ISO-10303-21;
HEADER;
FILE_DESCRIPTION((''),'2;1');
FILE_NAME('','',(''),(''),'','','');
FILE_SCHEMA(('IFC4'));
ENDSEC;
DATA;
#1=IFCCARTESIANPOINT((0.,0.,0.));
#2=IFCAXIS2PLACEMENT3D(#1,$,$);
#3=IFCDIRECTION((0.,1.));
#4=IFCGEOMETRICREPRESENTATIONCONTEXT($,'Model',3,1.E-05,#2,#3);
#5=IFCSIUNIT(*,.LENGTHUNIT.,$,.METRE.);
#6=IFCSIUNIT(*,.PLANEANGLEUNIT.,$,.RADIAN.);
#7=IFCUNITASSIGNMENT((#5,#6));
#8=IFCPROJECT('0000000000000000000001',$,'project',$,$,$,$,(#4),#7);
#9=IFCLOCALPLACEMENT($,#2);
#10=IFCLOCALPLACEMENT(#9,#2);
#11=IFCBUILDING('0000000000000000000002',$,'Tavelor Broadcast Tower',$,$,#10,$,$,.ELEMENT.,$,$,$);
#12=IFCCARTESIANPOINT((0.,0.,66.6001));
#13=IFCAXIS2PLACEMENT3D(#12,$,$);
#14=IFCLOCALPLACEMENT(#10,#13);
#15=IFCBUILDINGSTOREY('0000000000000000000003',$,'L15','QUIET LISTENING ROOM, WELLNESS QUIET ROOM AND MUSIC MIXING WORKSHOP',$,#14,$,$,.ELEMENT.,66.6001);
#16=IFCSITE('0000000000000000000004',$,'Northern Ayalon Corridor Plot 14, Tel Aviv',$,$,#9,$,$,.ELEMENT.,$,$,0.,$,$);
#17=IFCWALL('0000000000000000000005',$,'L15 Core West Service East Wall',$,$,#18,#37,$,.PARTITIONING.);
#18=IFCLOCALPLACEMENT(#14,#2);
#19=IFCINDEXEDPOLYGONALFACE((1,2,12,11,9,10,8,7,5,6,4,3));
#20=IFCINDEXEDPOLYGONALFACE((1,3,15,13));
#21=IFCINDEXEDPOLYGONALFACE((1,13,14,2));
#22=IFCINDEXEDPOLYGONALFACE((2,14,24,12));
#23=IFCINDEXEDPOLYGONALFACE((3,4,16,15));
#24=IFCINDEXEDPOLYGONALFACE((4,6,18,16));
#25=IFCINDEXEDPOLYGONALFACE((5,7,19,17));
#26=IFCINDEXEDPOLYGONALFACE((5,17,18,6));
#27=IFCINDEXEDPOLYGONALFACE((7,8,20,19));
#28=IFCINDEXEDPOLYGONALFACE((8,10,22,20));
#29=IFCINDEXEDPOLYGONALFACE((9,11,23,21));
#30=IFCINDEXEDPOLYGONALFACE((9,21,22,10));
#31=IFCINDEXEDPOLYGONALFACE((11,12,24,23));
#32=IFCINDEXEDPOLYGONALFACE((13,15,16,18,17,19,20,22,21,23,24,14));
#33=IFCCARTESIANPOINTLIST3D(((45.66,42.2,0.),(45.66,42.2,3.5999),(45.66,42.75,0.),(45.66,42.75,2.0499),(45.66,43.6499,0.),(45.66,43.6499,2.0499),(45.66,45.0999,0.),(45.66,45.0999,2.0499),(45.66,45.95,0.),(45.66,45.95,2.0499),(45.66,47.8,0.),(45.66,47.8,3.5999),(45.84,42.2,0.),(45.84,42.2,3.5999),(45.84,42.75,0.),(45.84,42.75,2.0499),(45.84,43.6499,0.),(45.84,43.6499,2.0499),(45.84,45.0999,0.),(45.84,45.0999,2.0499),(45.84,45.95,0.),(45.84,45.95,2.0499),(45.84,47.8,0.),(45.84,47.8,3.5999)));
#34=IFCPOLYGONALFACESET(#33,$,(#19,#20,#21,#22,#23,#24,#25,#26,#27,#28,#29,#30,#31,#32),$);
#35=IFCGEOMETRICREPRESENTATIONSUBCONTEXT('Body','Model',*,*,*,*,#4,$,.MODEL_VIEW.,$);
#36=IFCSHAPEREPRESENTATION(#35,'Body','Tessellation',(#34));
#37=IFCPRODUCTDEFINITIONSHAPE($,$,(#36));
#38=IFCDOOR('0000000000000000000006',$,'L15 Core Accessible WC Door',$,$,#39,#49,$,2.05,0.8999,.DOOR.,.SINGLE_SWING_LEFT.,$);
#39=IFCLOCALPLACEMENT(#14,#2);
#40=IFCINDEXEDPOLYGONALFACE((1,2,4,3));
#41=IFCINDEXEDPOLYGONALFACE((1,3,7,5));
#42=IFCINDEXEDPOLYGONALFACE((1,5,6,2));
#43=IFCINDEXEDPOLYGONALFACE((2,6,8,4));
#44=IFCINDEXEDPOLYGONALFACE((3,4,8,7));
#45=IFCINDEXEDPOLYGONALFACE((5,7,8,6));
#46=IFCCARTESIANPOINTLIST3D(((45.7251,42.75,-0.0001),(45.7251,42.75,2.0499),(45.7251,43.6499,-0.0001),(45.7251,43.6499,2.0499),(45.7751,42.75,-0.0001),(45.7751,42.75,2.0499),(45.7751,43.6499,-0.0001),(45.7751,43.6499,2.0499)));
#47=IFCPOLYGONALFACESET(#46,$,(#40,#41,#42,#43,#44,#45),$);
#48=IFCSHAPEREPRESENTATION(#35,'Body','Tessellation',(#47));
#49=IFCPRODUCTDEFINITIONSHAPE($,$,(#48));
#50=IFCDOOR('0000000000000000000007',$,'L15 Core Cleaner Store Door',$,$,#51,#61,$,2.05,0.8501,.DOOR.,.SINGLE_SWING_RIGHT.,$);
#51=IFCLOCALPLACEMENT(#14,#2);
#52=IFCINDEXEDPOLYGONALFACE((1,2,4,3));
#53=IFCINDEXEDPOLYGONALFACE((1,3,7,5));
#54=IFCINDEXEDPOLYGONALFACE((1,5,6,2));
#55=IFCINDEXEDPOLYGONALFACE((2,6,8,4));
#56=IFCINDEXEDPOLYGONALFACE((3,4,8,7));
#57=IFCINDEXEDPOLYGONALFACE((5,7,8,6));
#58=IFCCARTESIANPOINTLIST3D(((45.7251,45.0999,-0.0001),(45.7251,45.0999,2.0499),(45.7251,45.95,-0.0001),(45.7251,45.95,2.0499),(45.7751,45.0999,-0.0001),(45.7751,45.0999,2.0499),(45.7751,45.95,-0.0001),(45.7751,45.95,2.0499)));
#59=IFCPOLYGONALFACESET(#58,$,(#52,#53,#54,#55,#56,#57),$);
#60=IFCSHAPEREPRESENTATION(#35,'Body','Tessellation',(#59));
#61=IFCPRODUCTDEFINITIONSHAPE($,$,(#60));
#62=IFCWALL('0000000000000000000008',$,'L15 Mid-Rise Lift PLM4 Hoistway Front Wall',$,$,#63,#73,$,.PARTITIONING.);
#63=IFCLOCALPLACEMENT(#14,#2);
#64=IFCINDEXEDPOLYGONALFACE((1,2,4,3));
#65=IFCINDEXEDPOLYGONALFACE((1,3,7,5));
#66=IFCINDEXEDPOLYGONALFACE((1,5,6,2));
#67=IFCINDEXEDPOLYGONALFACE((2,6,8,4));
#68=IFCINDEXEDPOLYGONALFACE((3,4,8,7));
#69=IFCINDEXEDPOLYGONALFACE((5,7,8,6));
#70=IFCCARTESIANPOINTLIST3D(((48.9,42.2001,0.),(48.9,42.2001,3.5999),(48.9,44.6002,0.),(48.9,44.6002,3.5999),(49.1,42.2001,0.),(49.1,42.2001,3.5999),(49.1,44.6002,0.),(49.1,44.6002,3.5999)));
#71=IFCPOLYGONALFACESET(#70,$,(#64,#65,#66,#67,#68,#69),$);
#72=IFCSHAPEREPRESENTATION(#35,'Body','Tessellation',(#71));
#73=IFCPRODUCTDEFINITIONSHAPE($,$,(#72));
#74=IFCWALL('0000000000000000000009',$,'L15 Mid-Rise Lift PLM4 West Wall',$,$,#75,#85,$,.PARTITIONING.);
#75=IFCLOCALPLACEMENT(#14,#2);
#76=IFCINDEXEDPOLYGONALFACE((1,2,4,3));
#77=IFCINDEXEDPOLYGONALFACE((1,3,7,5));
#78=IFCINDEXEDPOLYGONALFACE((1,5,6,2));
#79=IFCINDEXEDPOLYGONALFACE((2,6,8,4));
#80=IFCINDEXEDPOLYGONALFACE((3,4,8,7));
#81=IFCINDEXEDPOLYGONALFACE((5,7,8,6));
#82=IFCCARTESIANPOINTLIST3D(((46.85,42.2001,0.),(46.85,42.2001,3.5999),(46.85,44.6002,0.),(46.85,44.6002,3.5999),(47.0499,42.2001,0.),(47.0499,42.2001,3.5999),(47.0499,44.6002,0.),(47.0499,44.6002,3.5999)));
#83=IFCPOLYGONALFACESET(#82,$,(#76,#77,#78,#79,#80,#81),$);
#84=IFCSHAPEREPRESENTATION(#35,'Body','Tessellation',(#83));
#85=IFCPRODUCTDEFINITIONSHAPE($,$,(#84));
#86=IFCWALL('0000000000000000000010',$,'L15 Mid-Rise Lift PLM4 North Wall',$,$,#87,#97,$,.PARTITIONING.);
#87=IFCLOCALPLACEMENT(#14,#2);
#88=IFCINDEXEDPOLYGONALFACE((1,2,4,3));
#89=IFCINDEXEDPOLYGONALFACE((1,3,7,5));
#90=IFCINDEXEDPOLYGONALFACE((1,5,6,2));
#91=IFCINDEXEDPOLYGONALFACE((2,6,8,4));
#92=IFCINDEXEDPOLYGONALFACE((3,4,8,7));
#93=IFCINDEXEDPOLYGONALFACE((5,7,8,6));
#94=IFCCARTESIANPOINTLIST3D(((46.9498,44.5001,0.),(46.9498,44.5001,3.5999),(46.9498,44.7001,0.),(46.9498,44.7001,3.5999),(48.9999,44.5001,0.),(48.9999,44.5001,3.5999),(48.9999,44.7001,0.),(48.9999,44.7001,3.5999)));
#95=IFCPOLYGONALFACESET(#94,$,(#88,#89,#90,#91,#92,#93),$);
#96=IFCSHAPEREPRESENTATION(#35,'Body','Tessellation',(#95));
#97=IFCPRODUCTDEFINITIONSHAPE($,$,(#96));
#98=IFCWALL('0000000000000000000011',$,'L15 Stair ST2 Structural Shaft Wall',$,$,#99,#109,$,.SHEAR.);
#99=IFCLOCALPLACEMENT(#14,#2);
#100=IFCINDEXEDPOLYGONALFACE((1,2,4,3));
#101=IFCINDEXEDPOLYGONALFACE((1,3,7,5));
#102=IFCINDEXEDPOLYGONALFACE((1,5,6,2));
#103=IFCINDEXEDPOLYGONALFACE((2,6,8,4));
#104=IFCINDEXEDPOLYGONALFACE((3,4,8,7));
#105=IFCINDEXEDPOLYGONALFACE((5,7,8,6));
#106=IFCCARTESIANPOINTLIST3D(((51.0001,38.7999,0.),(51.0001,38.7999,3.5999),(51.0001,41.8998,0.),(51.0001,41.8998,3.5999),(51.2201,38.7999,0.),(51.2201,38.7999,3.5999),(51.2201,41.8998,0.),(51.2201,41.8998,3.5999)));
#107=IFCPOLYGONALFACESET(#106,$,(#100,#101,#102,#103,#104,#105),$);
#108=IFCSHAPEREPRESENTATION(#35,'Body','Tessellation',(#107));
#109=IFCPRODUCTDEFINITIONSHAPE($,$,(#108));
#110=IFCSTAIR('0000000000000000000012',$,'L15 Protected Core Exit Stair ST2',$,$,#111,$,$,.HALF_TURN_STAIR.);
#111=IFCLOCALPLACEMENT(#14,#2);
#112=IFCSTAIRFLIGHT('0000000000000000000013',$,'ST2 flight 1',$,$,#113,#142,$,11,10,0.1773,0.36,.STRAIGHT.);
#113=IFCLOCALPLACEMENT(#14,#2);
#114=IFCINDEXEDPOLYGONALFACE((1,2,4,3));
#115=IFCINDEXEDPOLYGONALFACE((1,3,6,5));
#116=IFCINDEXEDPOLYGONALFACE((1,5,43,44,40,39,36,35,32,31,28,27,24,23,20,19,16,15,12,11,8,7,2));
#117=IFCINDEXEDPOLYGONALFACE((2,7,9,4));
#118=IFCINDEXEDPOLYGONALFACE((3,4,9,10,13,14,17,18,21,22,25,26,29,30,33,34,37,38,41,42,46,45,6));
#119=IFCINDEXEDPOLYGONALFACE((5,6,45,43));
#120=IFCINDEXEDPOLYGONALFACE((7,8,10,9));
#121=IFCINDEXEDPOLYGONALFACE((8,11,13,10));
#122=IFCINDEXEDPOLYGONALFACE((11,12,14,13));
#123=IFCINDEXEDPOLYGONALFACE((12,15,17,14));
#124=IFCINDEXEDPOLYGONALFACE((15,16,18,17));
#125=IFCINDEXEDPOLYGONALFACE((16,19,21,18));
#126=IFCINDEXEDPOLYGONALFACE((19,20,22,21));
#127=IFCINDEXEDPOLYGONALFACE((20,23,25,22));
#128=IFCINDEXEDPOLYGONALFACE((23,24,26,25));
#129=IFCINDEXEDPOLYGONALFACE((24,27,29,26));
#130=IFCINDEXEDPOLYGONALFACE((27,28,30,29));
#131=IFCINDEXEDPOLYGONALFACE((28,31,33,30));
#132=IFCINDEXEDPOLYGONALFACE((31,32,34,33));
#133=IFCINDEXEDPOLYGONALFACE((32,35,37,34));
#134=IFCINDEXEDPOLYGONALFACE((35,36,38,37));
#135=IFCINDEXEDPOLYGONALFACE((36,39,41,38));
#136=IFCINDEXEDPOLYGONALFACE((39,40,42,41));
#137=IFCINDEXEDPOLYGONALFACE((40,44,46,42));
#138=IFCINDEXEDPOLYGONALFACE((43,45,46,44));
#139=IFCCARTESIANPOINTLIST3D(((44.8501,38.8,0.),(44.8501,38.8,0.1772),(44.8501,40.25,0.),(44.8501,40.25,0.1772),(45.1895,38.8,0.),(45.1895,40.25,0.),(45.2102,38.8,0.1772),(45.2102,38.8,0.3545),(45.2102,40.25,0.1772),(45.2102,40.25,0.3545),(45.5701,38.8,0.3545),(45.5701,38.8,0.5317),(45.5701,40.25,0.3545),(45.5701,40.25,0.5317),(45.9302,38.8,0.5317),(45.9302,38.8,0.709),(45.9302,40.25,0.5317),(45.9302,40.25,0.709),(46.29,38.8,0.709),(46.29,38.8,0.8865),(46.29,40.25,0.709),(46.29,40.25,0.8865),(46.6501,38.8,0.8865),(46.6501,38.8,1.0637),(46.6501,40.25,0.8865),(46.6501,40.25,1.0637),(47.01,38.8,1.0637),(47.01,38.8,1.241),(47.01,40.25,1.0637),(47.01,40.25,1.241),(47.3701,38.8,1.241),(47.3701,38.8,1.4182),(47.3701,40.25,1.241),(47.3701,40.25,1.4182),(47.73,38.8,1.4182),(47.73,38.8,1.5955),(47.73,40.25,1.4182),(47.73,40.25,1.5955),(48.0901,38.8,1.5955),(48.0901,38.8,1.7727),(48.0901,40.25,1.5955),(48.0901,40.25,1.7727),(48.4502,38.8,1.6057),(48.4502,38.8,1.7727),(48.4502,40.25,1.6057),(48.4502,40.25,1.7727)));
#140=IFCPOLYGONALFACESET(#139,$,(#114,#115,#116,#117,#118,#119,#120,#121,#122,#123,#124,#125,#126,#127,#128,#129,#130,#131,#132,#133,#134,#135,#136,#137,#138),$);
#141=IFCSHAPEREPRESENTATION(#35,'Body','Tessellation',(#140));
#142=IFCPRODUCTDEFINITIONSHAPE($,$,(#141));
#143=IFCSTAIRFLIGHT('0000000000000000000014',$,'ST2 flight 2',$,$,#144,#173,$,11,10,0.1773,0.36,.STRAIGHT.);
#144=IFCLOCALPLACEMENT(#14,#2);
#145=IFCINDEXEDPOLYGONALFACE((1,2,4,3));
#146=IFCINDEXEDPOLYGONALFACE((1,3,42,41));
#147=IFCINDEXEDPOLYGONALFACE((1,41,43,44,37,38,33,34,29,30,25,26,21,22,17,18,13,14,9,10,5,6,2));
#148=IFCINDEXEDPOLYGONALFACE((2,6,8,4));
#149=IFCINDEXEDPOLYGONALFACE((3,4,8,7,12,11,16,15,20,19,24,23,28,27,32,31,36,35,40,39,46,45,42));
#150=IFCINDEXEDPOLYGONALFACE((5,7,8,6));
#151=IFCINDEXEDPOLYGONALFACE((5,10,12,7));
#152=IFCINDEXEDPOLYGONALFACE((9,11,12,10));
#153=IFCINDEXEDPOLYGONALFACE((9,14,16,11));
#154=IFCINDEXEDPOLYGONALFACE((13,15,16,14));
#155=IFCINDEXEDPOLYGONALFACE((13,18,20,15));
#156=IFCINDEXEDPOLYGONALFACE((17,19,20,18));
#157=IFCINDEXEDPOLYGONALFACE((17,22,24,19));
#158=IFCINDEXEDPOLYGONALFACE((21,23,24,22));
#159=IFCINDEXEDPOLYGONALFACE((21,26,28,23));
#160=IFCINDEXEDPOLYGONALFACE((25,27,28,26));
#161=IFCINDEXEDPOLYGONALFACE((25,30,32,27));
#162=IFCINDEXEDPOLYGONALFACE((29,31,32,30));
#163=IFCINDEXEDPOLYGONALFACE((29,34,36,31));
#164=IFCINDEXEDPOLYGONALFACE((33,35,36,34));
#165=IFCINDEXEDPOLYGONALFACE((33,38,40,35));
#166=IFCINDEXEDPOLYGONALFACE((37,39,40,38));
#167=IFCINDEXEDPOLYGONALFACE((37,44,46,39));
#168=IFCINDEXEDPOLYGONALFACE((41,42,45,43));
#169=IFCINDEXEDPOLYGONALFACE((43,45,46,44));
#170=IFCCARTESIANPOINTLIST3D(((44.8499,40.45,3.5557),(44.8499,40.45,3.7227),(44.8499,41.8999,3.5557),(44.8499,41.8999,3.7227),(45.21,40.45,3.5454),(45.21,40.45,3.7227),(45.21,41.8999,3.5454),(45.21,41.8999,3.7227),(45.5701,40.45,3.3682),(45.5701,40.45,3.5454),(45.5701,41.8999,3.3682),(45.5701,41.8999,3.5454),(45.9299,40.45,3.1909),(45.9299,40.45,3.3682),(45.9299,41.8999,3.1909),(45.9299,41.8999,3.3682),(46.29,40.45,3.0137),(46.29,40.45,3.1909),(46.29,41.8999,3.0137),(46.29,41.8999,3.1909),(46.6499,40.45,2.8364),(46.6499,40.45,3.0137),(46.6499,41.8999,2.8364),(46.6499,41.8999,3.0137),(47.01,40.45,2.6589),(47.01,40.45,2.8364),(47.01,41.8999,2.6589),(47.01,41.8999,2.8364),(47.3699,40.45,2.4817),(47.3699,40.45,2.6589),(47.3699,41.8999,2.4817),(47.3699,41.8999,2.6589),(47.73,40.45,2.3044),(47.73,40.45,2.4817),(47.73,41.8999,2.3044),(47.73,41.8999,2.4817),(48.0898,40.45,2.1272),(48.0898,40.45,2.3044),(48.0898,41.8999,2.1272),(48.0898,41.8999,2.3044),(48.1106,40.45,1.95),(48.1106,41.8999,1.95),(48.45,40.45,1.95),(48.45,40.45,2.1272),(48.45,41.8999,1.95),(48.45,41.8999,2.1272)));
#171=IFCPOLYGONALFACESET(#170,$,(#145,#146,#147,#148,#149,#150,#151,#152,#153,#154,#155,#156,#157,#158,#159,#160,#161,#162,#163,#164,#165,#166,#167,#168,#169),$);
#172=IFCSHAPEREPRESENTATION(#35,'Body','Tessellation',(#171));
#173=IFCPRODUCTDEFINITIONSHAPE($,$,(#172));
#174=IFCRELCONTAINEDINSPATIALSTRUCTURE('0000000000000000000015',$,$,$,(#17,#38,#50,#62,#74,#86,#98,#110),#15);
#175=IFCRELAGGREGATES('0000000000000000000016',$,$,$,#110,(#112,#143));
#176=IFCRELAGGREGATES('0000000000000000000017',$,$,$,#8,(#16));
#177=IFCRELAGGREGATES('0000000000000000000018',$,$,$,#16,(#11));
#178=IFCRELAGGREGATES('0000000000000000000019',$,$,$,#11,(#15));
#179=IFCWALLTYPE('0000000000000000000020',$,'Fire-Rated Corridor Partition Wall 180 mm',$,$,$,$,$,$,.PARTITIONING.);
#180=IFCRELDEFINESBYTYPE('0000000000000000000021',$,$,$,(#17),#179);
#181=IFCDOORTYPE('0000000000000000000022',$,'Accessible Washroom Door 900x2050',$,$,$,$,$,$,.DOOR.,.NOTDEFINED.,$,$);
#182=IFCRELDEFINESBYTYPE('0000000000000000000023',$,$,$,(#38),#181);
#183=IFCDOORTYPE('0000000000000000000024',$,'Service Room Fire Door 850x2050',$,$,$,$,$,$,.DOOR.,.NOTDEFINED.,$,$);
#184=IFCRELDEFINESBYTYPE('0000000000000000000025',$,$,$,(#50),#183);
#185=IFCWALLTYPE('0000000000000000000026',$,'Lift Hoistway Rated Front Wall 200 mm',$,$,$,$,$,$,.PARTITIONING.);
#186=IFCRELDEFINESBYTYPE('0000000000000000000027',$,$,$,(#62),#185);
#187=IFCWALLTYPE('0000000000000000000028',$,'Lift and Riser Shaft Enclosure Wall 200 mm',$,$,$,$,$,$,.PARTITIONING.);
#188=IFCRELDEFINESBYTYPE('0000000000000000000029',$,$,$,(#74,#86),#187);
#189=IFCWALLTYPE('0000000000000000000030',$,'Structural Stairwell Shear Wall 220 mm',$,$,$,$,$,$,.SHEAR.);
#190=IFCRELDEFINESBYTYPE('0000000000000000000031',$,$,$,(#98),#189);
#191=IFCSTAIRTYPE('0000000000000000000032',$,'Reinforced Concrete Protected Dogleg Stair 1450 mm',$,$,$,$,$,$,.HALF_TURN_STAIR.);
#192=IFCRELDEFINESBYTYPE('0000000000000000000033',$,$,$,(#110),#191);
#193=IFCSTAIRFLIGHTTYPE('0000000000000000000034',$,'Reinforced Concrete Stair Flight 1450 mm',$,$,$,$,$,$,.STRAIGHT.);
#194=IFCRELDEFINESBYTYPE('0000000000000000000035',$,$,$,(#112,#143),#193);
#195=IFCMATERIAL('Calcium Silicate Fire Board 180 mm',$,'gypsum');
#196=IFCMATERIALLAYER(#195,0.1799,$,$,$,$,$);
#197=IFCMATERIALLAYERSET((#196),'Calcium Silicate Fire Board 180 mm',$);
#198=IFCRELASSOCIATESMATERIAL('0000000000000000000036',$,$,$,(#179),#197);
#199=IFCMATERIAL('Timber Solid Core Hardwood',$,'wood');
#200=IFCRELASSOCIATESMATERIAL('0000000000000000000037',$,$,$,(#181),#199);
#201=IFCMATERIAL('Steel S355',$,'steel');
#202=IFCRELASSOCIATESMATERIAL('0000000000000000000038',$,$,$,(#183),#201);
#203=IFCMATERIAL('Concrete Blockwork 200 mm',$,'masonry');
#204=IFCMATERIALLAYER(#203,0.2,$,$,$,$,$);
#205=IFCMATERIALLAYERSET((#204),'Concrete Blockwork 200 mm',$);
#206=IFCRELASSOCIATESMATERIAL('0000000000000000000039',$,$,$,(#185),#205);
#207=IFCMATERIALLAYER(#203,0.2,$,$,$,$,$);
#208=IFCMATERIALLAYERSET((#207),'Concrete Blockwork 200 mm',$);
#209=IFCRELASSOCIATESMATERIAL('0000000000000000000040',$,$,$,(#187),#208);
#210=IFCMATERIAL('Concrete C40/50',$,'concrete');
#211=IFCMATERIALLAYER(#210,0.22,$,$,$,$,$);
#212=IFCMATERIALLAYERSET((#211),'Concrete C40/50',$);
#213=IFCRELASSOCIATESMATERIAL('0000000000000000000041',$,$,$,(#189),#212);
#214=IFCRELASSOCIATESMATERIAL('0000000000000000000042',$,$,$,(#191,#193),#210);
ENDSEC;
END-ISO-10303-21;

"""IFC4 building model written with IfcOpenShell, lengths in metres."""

from ifc_helpers import new_model, si_unit, direction, frame, frame_2d, origin, place, context, subcontext, project, spatial, polyline, rectangle, outline, extrude, material, layer, layer_set, type_object, element, fill, aggregate, save


model = new_model("IFC4")

# Units and contexts
model_context = context("Model", 3, precision=1e-05, world=origin(), true_north=direction((0.0, 1.0)))
body_context = subcontext(model_context, "Body", "Model", "MODEL_VIEW")
ifc_project = project(units=[si_unit("LENGTHUNIT", "METRE"), si_unit("PLANEANGLEUNIT", "RADIAN")], contexts=[model_context])

# Site, building, storey
site_placement = place(None, origin())
site = spatial("IfcSite", under=ifc_project, at=site_placement, Name="Northern Ayalon Corridor Plot 14, Tel Aviv", CompositionType="ELEMENT", RefElevation=0.0)
building_placement = place(site_placement, origin())
building = spatial("IfcBuilding", under=site, at=building_placement, Name="Tavelor Broadcast Tower", CompositionType="ELEMENT")
storey_placement = place(building_placement, frame((0.0, 0.0, 66.6001)))
storey = spatial("IfcBuildingStorey", under=building, at=storey_placement, Name="L15", Description="QUIET LISTENING ROOM, WELLNESS QUIET ROOM AND MUSIC MIXING WORKSHOP", CompositionType="ELEMENT", Elevation=66.6001)

# Shared definitions
ifc_material_1 = material(Name="Concrete C40/50", Category="concrete")
ifc_material_2 = material(Name="Steel S355", Category="steel")

# Wall, openings, doors
ifc_material_3 = material(Name="Calcium Silicate Fire Board 180 mm", Category="gypsum")
ifc_layer_1 = layer(ifc_material_3, 0.1799)
ifc_layer_set_1 = layer_set([ifc_layer_1], Name="Calcium Silicate Fire Board 180 mm")
wall_type_1 = type_object("IfcWallType", Name="Fire-Rated Corridor Partition Wall 180 mm", PredefinedType="PARTITIONING", material=ifc_layer_set_1)
wall_1_placement = place(storey_placement, frame((45.75, 42.2, 0.0), z_axis=(0.0, 0.0, 1.0), x_axis=(0.0, 1.0, 0.0)))
wall_1 = element("IfcWall", 1, at=wall_1_placement, inside=storey, type_object=wall_type_1, Name="L15 Core West Service East Wall", PredefinedType="PARTITIONING", context=body_context, shape_type="SweptSolid", body=[
    extrude(rectangle(XDim=5.6001, YDim=0.1799, at=frame_2d((2.8, 0.0))), origin(), (0.0, 0.0, 1.0), 3.5999),
])
opening_1_placement = place(wall_1_placement, frame((0.55, 0.0, 0.0)))
opening_1 = element("IfcOpeningElement", 2, at=opening_1_placement, cuts=wall_1, PredefinedType="OPENING", context=body_context, shape_type="SweptSolid", body=[
    extrude(rectangle(XDim=0.8999, YDim=2.05, at=frame_2d((0.45, 1.0249))), frame((0.0, 0.1001, 0.0), z_axis=(0.0, -1.0, 0.0), x_axis=(1.0, 0.0, 0.0)), (0.0, 0.0, 1.0), 0.2),
])
opening_2_placement = place(wall_1_placement, frame((2.8999, 0.0, 0.0)))
opening_2 = element("IfcOpeningElement", 3, at=opening_2_placement, cuts=wall_1, PredefinedType="OPENING", context=body_context, shape_type="SweptSolid", body=[
    extrude(rectangle(XDim=0.8501, YDim=2.05, at=frame_2d((0.425, 1.0249))), frame((0.0, 0.1001, 0.0), z_axis=(0.0, -1.0, 0.0), x_axis=(1.0, 0.0, 0.0)), (0.0, 0.0, 1.0), 0.2),
])
ifc_material_4 = material(Name="Timber Solid Core Hardwood", Category="wood")
door_type_1 = type_object("IfcDoorType", Name="Accessible Washroom Door 900x2050", OperationType="NOTDEFINED", PredefinedType="DOOR", material=ifc_material_4)
door_1_placement = place(opening_1_placement, origin())
door_1 = element("IfcDoor", 4, at=door_1_placement, inside=storey, type_object=door_type_1, Name="L15 Core Accessible WC Door", OperationType="SINGLE_SWING_LEFT", OverallHeight=2.05, OverallWidth=0.8999, PredefinedType="DOOR", context=body_context, shape_type="SweptSolid", body=[
    extrude(rectangle(XDim=0.8999, YDim=2.05, at=frame_2d((0.45, 1.0249))), frame((0.0, 0.0249, 0.0), z_axis=(0.0, -1.0, 0.0), x_axis=(1.0, 0.0, 0.0)), (0.0, 0.0, 1.0), 0.05),
])
fill(opening_1, door_1)
door_type_2 = type_object("IfcDoorType", Name="Service Room Fire Door 850x2050", OperationType="NOTDEFINED", PredefinedType="DOOR", material=ifc_material_2)
door_2_placement = place(opening_2_placement, origin())
door_2 = element("IfcDoor", 5, at=door_2_placement, inside=storey, type_object=door_type_2, Name="L15 Core Cleaner Store Door", OperationType="SINGLE_SWING_RIGHT", OverallHeight=2.05, OverallWidth=0.8501, PredefinedType="DOOR", context=body_context, shape_type="SweptSolid", body=[
    extrude(rectangle(XDim=0.8501, YDim=2.05, at=frame_2d((0.425, 1.0249))), frame((0.0, 0.0249, 0.0), z_axis=(0.0, -1.0, 0.0), x_axis=(1.0, 0.0, 0.0)), (0.0, 0.0, 1.0), 0.05),
])
fill(opening_2, door_2)

# Walls
ifc_material_5 = material(Name="Concrete Blockwork 200 mm", Category="masonry")
ifc_layer_2 = layer(ifc_material_5, 0.2)
ifc_layer_set_2 = layer_set([ifc_layer_2], Name="Concrete Blockwork 200 mm")
wall_type_2 = type_object("IfcWallType", Name="Lift Hoistway Rated Front Wall 200 mm", PredefinedType="PARTITIONING", material=ifc_layer_set_2)
wall_2_placement = place(storey_placement, frame((49.0, 42.2, 0.0), z_axis=(0.0, 0.0, 1.0), x_axis=(0.0, 1.0, 0.0)))
element("IfcWall", 6, at=wall_2_placement, inside=storey, type_object=wall_type_2, Name="L15 Mid-Rise Lift PLM4 Hoistway Front Wall", PredefinedType="PARTITIONING", context=body_context, shape_type="SweptSolid", body=[
    extrude(rectangle(XDim=2.4001, YDim=0.2, at=frame_2d((1.2002, 0.0))), origin(), (0.0, 0.0, 1.0), 3.5999),
])
ifc_layer_3 = layer(ifc_material_5, 0.2)
ifc_layer_set_3 = layer_set([ifc_layer_3], Name="Concrete Blockwork 200 mm")
wall_type_3 = type_object("IfcWallType", Name="Lift and Riser Shaft Enclosure Wall 200 mm", PredefinedType="PARTITIONING", material=ifc_layer_set_3)
wall_3_placement = place(storey_placement, frame((46.95, 42.2, 0.0), z_axis=(0.0, 0.0, 1.0), x_axis=(0.0, 1.0, 0.0)))
element("IfcWall", 7, at=wall_3_placement, inside=storey, type_object=wall_type_3, Name="L15 Mid-Rise Lift PLM4 West Wall", PredefinedType="PARTITIONING", context=body_context, shape_type="SweptSolid", body=[
    extrude(rectangle(XDim=2.4001, YDim=0.2, at=frame_2d((1.2002, 0.0))), origin(), (0.0, 0.0, 1.0), 3.5999),
])
wall_4_placement = place(storey_placement, frame((46.95, 44.6001, 0.0), z_axis=(0.0, 0.0, 1.0), x_axis=(1.0, 0.0, 0.0)))
element("IfcWall", 8, at=wall_4_placement, inside=storey, type_object=wall_type_3, Name="L15 Mid-Rise Lift PLM4 North Wall", PredefinedType="PARTITIONING", context=body_context, shape_type="SweptSolid", body=[
    extrude(rectangle(XDim=2.05, YDim=0.2, at=frame_2d((1.0249, 0.0))), origin(), (0.0, 0.0, 1.0), 3.5999),
])
ifc_layer_4 = layer(ifc_material_1, 0.22)
ifc_layer_set_4 = layer_set([ifc_layer_4], Name="Concrete C40/50")
wall_type_4 = type_object("IfcWallType", Name="Structural Stairwell Shear Wall 220 mm", PredefinedType="SHEAR", material=ifc_layer_set_4)
wall_5_placement = place(storey_placement, frame((51.1101, 38.8, 0.0), z_axis=(0.0, 0.0, 1.0), x_axis=(0.0, 1.0, 0.0)))
element("IfcWall", 9, at=wall_5_placement, inside=storey, type_object=wall_type_4, Name="L15 Stair ST2 Structural Shaft Wall", PredefinedType="SHEAR", context=body_context, shape_type="SweptSolid", body=[
    extrude(rectangle(XDim=3.0999, YDim=0.22, at=frame_2d((1.5498, 0.0))), origin(), (0.0, 0.0, 1.0), 3.5999),
])

# Stair, stair flights
stair_type = type_object("IfcStairType", Name="Reinforced Concrete Protected Dogleg Stair 1450 mm", PredefinedType="HALF_TURN_STAIR", material=ifc_material_1)
stair_placement = place(storey_placement, origin())
stair = element("IfcStair", 10, at=stair_placement, inside=storey, type_object=stair_type, Name="L15 Protected Core Exit Stair ST2", PredefinedType="HALF_TURN_STAIR")
stair_flight_type = type_object("IfcStairFlightType", Name="Reinforced Concrete Stair Flight 1450 mm", PredefinedType="STRAIGHT", material=ifc_material_1)
stair_flight_1_placement = place(storey_placement, frame((44.8501, 39.5249, 0.0), z_axis=(0.0, 0.0, 1.0), x_axis=(1.0, 0.0, 0.0)))
stair_flight_1 = element("IfcStairFlight", 11, at=stair_flight_1_placement, type_object=stair_flight_type, Name="ST2 flight 1", NumberOfRisers=11, NumberOfTreads=10, PredefinedType="STRAIGHT", RiserHeight=0.1773, TreadLength=0.36, context=body_context, shape_type="SweptSolid", body=[
    extrude(outline(polyline([(0.0, 0.0), (0.0, 0.1772), (0.3601, 0.1772), (0.3601, 0.3545), (0.72, 0.3545), (0.72, 0.5317), (1.0801, 0.5317), (1.0801, 0.709), (1.4399, 0.709), (1.4399, 0.8865), (1.8, 0.8865), (1.8, 1.0637), (2.1599, 1.0637), (2.1599, 1.241), (2.52, 1.241), (2.52, 1.4182), (2.8799, 1.4182), (2.8799, 1.5955), (3.24, 1.5955), (3.24, 1.7727), (3.6001, 1.7727), (3.6001, 1.95), (3.6001, 1.6057), (0.3394, 0.0), (0.0, 0.0)])), frame((0.0, 0.7251, 0.0), z_axis=(0.0, -1.0, 0.0), x_axis=(1.0, 0.0, 0.0)), (0.0, 0.0, 1.0), 1.45),
])
stair_flight_2_placement = place(storey_placement, frame((48.45, 41.175, 1.95), z_axis=(0.0, 0.0, 1.0), x_axis=(-1.0, 0.0, 0.0)))
stair_flight_2 = element("IfcStairFlight", 12, at=stair_flight_2_placement, type_object=stair_flight_type, Name="ST2 flight 2", NumberOfRisers=11, NumberOfTreads=10, PredefinedType="STRAIGHT", RiserHeight=0.1773, TreadLength=0.36, context=body_context, shape_type="SweptSolid", body=[
    extrude(outline(polyline([(0.0, 0.0), (0.0, 0.1772), (0.3601, 0.1772), (0.3601, 0.3545), (0.72, 0.3545), (0.72, 0.5317), (1.0801, 0.5317), (1.0801, 0.709), (1.4399, 0.709), (1.4399, 0.8865), (1.8, 0.8865), (1.8, 1.0637), (2.1599, 1.0637), (2.1599, 1.241), (2.52, 1.241), (2.52, 1.4182), (2.8799, 1.4182), (2.8799, 1.5955), (3.24, 1.5955), (3.24, 1.7727), (3.6001, 1.7727), (3.6001, 1.95), (3.6001, 1.6057), (0.3394, 0.0), (0.0, 0.0)])), frame((0.0, 0.7251, 0.0), z_axis=(0.0, -1.0, 0.0), x_axis=(1.0, 0.0, 0.0)), (0.0, 0.0, 1.0), 1.45),
])
aggregate(stair, [stair_flight_1, stair_flight_2])

save(model, "model.ifc")
